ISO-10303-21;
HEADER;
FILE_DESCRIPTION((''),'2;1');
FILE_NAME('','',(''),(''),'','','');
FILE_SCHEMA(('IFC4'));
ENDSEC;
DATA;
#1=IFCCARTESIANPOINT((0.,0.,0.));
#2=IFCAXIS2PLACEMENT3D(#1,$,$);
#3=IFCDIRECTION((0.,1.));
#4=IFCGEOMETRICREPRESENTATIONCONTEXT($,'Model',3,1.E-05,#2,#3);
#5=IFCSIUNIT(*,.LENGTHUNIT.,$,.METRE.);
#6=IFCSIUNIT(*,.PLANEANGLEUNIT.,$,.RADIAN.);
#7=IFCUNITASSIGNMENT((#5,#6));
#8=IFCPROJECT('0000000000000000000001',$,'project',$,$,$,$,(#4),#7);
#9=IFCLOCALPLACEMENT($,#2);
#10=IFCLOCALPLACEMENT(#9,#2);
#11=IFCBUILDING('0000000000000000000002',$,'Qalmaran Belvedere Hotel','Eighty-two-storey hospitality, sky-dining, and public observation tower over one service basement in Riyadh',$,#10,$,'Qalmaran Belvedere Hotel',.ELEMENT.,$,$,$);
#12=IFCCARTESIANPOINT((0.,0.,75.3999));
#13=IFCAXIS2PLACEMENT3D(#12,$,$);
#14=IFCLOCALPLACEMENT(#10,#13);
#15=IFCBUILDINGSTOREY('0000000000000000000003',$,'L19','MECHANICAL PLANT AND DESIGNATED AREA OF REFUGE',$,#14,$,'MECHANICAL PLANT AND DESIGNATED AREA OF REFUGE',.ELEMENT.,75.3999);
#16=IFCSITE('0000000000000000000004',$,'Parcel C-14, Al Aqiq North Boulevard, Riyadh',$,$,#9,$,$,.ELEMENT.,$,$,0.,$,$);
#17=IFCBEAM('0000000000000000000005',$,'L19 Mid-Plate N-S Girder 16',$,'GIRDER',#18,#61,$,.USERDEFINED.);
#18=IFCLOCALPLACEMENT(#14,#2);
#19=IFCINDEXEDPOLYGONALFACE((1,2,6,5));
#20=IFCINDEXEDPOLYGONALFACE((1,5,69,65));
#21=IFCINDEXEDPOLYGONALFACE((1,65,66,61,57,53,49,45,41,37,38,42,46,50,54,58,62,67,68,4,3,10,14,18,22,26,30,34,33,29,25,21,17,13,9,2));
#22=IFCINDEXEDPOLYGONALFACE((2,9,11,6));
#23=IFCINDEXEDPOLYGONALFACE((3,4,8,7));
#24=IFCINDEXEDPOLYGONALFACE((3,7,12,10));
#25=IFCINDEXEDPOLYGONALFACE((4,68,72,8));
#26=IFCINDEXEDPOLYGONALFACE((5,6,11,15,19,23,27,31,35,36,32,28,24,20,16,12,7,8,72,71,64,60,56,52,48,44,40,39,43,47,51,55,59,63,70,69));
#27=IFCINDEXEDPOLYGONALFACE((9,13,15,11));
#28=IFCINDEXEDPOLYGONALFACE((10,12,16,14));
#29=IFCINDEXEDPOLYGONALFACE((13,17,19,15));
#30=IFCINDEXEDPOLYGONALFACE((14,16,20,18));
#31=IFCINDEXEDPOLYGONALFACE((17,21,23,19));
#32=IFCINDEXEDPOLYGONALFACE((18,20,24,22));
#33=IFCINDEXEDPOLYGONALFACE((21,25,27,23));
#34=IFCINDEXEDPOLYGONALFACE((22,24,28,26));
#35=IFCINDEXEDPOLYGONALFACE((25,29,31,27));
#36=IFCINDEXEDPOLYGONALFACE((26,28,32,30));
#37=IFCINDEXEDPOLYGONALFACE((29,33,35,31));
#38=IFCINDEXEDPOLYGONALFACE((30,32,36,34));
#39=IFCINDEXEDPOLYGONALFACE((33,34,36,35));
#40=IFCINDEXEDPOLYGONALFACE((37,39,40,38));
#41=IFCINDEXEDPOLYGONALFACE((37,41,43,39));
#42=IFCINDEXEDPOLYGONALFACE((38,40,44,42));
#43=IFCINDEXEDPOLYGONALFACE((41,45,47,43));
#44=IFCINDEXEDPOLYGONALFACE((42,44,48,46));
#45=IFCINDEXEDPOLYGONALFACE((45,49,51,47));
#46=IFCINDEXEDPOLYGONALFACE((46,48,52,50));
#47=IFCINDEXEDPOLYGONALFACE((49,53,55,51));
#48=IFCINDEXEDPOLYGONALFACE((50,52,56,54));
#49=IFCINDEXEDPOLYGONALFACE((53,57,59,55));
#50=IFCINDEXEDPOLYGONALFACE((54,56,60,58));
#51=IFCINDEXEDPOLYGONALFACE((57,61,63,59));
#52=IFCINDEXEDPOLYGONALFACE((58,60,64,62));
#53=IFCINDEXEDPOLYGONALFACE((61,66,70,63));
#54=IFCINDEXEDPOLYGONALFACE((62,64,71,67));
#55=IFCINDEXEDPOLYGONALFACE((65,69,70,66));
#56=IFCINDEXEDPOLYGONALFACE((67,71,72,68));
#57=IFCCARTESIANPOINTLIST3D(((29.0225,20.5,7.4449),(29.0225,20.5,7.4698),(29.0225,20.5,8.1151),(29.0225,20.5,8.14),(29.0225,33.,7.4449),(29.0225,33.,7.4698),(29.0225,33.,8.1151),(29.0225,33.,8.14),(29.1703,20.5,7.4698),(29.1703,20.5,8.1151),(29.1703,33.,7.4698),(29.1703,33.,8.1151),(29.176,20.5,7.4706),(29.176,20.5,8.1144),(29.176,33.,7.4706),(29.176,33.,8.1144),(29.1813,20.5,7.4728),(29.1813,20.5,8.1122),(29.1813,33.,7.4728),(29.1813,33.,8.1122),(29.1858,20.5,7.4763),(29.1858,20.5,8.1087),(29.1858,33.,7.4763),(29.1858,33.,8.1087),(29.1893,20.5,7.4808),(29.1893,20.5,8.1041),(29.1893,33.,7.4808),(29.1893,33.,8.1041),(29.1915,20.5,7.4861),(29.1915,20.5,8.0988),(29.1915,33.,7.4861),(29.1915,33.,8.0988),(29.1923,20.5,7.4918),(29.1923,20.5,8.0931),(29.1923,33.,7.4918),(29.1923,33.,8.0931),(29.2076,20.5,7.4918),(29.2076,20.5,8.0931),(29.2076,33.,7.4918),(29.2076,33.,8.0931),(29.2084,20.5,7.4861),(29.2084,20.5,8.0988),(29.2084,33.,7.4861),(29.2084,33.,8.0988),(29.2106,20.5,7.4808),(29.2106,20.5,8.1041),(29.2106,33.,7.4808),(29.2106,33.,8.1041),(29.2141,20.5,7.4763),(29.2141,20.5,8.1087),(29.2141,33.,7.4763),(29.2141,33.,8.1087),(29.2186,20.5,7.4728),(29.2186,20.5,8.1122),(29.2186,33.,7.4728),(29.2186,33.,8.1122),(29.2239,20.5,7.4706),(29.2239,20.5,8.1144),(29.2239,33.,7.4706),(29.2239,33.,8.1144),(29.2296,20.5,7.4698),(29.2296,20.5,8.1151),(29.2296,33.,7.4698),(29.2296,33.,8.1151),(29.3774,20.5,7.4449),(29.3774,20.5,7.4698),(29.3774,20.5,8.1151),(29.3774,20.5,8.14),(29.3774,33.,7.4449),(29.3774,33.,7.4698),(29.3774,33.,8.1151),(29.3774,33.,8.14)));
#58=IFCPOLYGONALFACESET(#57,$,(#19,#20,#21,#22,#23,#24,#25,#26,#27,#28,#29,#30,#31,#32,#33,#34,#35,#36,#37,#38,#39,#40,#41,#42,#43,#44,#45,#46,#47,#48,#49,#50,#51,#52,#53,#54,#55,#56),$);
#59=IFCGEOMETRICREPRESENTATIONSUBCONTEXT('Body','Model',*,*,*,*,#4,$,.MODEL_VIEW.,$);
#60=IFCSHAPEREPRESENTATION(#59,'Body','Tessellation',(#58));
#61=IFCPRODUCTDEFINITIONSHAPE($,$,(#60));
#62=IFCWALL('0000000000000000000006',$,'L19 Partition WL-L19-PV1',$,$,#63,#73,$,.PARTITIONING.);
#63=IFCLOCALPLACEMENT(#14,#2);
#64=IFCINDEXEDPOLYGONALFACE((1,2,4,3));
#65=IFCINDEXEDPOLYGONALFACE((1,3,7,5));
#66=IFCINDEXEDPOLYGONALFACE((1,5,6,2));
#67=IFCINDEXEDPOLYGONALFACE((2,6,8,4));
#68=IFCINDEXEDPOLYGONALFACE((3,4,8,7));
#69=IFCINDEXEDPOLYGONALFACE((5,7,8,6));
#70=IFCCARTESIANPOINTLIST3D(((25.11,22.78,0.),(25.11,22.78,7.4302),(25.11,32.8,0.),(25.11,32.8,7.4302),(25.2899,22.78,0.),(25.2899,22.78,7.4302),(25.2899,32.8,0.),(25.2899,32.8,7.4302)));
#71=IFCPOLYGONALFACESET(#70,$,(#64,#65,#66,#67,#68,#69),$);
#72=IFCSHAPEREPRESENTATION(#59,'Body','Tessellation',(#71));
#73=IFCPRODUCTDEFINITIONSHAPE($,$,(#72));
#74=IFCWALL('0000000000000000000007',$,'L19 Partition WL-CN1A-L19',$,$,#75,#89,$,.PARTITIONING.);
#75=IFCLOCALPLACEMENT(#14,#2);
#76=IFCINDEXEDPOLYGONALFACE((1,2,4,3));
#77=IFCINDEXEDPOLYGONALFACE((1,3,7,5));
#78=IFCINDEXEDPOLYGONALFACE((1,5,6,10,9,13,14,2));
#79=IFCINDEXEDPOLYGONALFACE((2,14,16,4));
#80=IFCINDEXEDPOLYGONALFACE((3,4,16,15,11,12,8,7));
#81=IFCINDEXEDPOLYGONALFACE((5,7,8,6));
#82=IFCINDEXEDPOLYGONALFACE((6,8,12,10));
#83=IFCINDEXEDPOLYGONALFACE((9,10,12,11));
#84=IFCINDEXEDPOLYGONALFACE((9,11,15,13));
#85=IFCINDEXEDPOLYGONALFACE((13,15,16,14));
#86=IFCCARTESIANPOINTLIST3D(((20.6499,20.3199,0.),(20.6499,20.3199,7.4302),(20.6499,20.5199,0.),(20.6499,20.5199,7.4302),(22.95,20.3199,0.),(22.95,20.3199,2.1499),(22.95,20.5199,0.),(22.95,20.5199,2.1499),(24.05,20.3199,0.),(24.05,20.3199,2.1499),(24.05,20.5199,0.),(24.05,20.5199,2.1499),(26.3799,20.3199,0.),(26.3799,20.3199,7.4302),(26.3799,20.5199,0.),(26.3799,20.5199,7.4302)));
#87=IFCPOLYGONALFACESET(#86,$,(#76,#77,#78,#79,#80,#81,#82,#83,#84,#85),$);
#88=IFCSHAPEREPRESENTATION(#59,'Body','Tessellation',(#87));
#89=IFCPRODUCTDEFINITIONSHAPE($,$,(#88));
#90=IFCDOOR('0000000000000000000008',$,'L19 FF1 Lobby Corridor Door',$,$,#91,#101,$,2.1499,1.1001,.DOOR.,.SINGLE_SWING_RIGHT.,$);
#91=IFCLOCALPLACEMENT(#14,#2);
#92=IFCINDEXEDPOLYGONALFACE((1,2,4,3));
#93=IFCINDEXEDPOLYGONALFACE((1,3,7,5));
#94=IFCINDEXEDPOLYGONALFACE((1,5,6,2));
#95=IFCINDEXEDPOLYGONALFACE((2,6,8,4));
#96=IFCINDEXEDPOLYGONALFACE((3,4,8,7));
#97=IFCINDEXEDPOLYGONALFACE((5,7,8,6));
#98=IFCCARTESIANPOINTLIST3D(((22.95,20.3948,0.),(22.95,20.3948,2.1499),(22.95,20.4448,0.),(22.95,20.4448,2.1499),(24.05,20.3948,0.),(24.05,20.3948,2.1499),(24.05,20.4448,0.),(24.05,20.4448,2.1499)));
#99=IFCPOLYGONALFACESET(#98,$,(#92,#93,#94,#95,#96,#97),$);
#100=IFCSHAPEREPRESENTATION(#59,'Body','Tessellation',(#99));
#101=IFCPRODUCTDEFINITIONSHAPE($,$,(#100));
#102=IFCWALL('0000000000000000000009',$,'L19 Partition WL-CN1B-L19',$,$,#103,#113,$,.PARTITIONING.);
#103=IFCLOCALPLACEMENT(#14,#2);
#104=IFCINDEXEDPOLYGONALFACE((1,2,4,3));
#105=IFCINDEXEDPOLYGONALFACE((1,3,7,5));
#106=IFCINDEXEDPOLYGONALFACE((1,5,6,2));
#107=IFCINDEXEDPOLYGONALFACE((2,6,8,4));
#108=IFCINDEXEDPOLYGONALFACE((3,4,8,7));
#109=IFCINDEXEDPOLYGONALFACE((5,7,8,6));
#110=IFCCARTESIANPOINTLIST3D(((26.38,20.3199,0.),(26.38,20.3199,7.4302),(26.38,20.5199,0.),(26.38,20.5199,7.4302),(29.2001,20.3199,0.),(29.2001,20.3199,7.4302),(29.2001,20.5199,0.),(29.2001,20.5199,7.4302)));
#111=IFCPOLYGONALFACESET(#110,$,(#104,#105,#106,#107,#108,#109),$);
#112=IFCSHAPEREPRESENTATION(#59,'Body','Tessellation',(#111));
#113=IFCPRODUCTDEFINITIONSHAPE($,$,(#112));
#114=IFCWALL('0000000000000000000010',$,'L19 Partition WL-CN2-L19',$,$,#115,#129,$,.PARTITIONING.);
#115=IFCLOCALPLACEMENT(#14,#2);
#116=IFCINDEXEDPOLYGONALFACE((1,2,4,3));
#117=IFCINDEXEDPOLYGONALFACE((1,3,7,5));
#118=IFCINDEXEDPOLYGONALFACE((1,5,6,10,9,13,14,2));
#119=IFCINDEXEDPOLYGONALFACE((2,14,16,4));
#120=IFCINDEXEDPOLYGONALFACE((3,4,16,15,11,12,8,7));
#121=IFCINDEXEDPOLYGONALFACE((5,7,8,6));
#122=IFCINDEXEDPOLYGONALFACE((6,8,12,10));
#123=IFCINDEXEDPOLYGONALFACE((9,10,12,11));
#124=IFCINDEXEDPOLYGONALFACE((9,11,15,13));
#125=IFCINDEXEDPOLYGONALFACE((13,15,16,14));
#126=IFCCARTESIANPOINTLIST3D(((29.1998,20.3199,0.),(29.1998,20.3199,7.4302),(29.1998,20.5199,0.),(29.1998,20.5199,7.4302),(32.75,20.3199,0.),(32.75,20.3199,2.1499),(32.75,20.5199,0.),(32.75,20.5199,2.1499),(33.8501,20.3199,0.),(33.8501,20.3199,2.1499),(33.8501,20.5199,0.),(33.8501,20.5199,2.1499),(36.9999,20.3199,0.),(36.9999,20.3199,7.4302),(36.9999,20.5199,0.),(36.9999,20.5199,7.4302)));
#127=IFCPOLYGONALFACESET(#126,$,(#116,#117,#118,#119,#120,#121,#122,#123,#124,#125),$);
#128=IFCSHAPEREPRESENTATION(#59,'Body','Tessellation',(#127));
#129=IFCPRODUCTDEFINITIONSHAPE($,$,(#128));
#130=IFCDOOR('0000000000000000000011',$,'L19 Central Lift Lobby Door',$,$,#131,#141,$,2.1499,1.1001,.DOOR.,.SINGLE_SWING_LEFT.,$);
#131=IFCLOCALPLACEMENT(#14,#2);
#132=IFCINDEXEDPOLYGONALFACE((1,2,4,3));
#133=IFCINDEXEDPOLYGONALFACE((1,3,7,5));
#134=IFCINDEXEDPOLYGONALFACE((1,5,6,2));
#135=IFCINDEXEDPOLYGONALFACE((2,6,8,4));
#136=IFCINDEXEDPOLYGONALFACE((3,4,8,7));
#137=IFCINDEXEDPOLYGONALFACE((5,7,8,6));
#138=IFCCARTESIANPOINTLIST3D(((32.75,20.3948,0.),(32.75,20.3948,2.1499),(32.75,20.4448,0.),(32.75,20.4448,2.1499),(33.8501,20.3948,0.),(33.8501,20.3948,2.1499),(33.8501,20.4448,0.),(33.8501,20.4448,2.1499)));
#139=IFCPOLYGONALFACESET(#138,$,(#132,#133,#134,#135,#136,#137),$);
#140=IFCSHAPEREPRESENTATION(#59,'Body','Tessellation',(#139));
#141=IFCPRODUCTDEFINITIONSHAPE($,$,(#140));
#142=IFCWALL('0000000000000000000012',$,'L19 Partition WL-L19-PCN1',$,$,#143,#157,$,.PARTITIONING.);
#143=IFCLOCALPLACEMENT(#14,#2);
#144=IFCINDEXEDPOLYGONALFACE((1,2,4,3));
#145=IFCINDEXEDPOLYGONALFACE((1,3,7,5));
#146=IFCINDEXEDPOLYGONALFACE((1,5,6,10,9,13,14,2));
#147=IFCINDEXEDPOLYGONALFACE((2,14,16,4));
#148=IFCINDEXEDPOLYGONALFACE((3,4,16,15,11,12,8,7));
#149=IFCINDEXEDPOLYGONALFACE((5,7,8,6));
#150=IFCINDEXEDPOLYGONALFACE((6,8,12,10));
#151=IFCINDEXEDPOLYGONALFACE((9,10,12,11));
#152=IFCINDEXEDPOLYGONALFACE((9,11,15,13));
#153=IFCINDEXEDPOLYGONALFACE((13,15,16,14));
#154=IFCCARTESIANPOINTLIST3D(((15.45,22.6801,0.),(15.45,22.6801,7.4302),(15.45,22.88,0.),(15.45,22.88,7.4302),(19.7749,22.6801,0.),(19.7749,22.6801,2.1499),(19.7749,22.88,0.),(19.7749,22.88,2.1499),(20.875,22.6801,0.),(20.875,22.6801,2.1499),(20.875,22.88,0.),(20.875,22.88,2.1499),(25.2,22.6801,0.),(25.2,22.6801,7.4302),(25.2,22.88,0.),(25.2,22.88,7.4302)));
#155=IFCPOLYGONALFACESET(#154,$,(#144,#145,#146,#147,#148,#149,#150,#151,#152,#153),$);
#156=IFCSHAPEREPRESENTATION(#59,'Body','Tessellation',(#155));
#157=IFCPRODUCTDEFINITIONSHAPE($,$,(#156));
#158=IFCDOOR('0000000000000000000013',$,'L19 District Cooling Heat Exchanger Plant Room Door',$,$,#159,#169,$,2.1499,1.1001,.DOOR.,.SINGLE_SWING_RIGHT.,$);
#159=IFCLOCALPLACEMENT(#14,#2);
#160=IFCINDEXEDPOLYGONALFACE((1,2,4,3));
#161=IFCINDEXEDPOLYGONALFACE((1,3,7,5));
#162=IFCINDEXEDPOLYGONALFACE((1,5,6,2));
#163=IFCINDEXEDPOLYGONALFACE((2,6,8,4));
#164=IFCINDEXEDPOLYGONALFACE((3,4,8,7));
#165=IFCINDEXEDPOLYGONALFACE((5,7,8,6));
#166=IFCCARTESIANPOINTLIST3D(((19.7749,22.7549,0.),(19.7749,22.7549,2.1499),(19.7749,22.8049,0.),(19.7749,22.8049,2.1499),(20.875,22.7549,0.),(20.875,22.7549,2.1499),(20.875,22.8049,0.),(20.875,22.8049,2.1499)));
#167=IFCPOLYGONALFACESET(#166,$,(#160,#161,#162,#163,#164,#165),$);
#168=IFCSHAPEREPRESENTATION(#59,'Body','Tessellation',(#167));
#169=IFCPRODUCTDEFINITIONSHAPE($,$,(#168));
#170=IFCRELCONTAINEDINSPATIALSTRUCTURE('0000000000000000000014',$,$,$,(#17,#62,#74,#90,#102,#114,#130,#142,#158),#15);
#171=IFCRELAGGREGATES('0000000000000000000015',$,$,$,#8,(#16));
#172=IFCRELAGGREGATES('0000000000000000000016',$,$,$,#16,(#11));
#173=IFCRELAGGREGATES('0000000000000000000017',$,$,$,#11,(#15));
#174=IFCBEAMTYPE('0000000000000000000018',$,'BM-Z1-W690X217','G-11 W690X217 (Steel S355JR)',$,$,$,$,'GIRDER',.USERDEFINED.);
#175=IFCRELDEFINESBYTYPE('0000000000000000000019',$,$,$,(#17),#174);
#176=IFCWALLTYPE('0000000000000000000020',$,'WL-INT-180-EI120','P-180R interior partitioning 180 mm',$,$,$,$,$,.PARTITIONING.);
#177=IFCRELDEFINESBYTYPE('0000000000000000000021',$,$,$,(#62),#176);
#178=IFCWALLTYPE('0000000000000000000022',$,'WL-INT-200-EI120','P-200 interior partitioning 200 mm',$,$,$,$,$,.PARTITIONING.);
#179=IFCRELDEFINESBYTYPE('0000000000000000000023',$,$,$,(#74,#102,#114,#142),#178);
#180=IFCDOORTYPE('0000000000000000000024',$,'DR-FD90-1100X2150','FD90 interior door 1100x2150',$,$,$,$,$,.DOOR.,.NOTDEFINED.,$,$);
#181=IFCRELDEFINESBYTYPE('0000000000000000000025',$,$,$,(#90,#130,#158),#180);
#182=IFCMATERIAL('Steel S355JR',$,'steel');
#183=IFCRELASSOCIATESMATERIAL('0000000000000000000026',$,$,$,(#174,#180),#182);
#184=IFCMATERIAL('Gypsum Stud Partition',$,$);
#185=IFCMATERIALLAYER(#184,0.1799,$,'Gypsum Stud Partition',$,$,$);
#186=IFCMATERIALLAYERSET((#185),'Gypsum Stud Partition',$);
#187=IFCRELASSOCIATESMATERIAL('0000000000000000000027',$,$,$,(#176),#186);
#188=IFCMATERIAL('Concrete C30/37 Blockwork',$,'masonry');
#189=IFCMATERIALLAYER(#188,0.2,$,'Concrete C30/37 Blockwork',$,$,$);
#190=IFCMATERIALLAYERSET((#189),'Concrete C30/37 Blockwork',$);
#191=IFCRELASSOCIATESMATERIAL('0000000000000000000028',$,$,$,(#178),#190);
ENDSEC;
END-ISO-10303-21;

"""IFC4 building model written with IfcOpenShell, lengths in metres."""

from ifc_helpers import new_model, si_unit, direction, frame, frame_2d, origin, origin_2d, place, context, subcontext, project, spatial, rectangle, i_section, extrude, material, layer, layer_set, material_profile, profile_set, type_object, element, fill, save


model = new_model("IFC4")

# Units and contexts
model_context = context("Model", 3, precision=1e-05, world=origin(), true_north=direction((0.0, 1.0)))
body_context = subcontext(model_context, "Body", "Model", "MODEL_VIEW")
ifc_project = project(units=[si_unit("LENGTHUNIT", "METRE"), si_unit("PLANEANGLEUNIT", "RADIAN")], contexts=[model_context])

# Site, building, storey
site_placement = place(None, origin())
site = spatial("IfcSite", under=ifc_project, at=site_placement, Name="Parcel C-14, Al Aqiq North Boulevard, Riyadh", CompositionType="ELEMENT", RefElevation=0.0)
building_placement = place(site_placement, origin())
building = spatial("IfcBuilding", under=site, at=building_placement, Name="Qalmaran Belvedere Hotel", Description="Eighty-two-storey hospitality, sky-dining, and public observation tower over one service basement in Riyadh", LongName="Qalmaran Belvedere Hotel", CompositionType="ELEMENT")
storey_placement = place(building_placement, frame((0.0, 0.0, 75.3999)))
storey = spatial("IfcBuildingStorey", under=building, at=storey_placement, Name="L19", Description="MECHANICAL PLANT AND DESIGNATED AREA OF REFUGE", LongName="MECHANICAL PLANT AND DESIGNATED AREA OF REFUGE", CompositionType="ELEMENT", Elevation=75.3999)

# Beam
ifc_material_1 = material(Name="Steel S355JR", Category="steel")
ifc_material_profile_1 = material_profile(ifc_material_1, i_section(OverallWidth=0.355, OverallDepth=0.6951, WebThickness=0.0154, FlangeThickness=0.0249, FilletRadius=0.022, at=origin_2d()), Name="W690X217")
ifc_profile_set_1 = profile_set([ifc_material_profile_1], Name="Steel S355JR")
beam_type_1 = type_object("IfcBeamType", Name="BM-Z1-W690X217", Description="G-11 W690X217 (Steel S355JR)", ElementType="GIRDER", PredefinedType="USERDEFINED", material=ifc_profile_set_1)
for number, where, z_axis, x_axis, name in (
    (1, (29.2, 20.5, 7.7925), (0.0, 1.0, 0.0), (-1.0, 0.0, 0.0), "L19 Mid-Plate N-S Girder 16"),
):
    element("IfcBeam", number, at=place(storey_placement, frame(where, z_axis=z_axis, x_axis=x_axis)), inside=storey, type_object=beam_type_1, Name=name, ObjectType="GIRDER", PredefinedType="USERDEFINED", context=body_context, shape_type="SweptSolid", body=[
        extrude(i_section(OverallWidth=0.355, OverallDepth=0.6951, WebThickness=0.0154, FlangeThickness=0.0249, FilletRadius=0.022, at=origin_2d()), origin(), (0.0, 0.0, 1.0), 12.5),
    ])

# Wall
ifc_material_2 = material(Name="Gypsum Stud Partition")
ifc_layer_1 = layer(ifc_material_2, 0.1799, Name="Gypsum Stud Partition")
ifc_layer_set_1 = layer_set([ifc_layer_1], Name="Gypsum Stud Partition")
wall_type_1 = type_object("IfcWallType", Name="WL-INT-180-EI120", Description="P-180R interior partitioning 180 mm", PredefinedType="PARTITIONING", material=ifc_layer_set_1)
wall_1_placement = place(storey_placement, frame((25.2, 22.78, 0.0), z_axis=(0.0, 0.0, 1.0), x_axis=(0.0, 1.0, 0.0)))
element("IfcWall", 2, at=wall_1_placement, inside=storey, type_object=wall_type_1, Name="L19 Partition WL-L19-PV1", PredefinedType="PARTITIONING", context=body_context, shape_type="SweptSolid", body=[
    extrude(rectangle(XDim=10.02, YDim=0.1799, at=frame_2d((5.01, 0.0))), origin(), (0.0, 0.0, 1.0), 7.4302),
])

# Wall, opening, door
ifc_material_3 = material(Name="Concrete C30/37 Blockwork", Category="masonry")
ifc_layer_2 = layer(ifc_material_3, 0.2, Name="Concrete C30/37 Blockwork")
ifc_layer_set_2 = layer_set([ifc_layer_2], Name="Concrete C30/37 Blockwork")
wall_type_2 = type_object("IfcWallType", Name="WL-INT-200-EI120", Description="P-200 interior partitioning 200 mm", PredefinedType="PARTITIONING", material=ifc_layer_set_2)
wall_2_placement = place(storey_placement, frame((20.6499, 20.4199, 0.0), z_axis=(0.0, 0.0, 1.0), x_axis=(1.0, 0.0, 0.0)))
wall_2 = element("IfcWall", 3, at=wall_2_placement, inside=storey, type_object=wall_type_2, Name="L19 Partition WL-CN1A-L19", PredefinedType="PARTITIONING", context=body_context, shape_type="SweptSolid", body=[
    extrude(rectangle(XDim=5.73, YDim=0.2, at=frame_2d((2.865, 0.0))), origin(), (0.0, 0.0, 1.0), 7.4302),
])
opening_1_placement = place(wall_2_placement, frame((2.3, 0.0, 0.0)))
opening_1 = element("IfcOpeningElement", 4, at=opening_1_placement, cuts=wall_2, PredefinedType="OPENING", context=body_context, shape_type="SweptSolid", body=[
    extrude(rectangle(XDim=1.1001, YDim=2.1499, at=frame_2d((0.55, 1.075))), frame((0.0, 0.1099, 0.0), z_axis=(0.0, -1.0, 0.0), x_axis=(1.0, 0.0, 0.0)), (0.0, 0.0, 1.0), 0.22),
])
door_type = type_object("IfcDoorType", Name="DR-FD90-1100X2150", Description="FD90 interior door 1100x2150", OperationType="NOTDEFINED", PredefinedType="DOOR", material=ifc_material_1)
door_1_placement = place(opening_1_placement, origin())
door_1 = element("IfcDoor", 5, at=door_1_placement, inside=storey, type_object=door_type, Name="L19 FF1 Lobby Corridor Door", OperationType="SINGLE_SWING_RIGHT", OverallHeight=2.1499, OverallWidth=1.1001, PredefinedType="DOOR", context=body_context, shape_type="SweptSolid", body=[
    extrude(rectangle(XDim=1.1001, YDim=2.1499, at=frame_2d((0.55, 1.075))), frame((0.0, 0.0249, 0.0), z_axis=(0.0, -1.0, 0.0), x_axis=(1.0, 0.0, 0.0)), (0.0, 0.0, 1.0), 0.05),
])
fill(opening_1, door_1)

# Wall
wall_3_placement = place(storey_placement, frame((26.3799, 20.4199, 0.0), z_axis=(0.0, 0.0, 1.0), x_axis=(1.0, 0.0, 0.0)))
element("IfcWall", 6, at=wall_3_placement, inside=storey, type_object=wall_type_2, Name="L19 Partition WL-CN1B-L19", PredefinedType="PARTITIONING", context=body_context, shape_type="SweptSolid", body=[
    extrude(rectangle(XDim=2.8201, YDim=0.2, at=frame_2d((1.4102, 0.0))), origin(), (0.0, 0.0, 1.0), 7.4302),
])

# Walls, openings, doors
wall_4_placement = place(storey_placement, frame((29.2, 20.4199, 0.0), z_axis=(0.0, 0.0, 1.0), x_axis=(1.0, 0.0, 0.0)))
wall_4 = element("IfcWall", 7, at=wall_4_placement, inside=storey, type_object=wall_type_2, Name="L19 Partition WL-CN2-L19", PredefinedType="PARTITIONING", context=body_context, shape_type="SweptSolid", body=[
    extrude(rectangle(XDim=7.8, YDim=0.2, at=frame_2d((3.8999, 0.0))), origin(), (0.0, 0.0, 1.0), 7.4302),
])
opening_2_placement = place(wall_4_placement, frame((3.55, 0.0, 0.0)))
opening_2 = element("IfcOpeningElement", 8, at=opening_2_placement, cuts=wall_4, PredefinedType="OPENING", context=body_context, shape_type="SweptSolid", body=[
    extrude(rectangle(XDim=1.1001, YDim=2.1499, at=frame_2d((0.55, 1.075))), frame((0.0, 0.1099, 0.0), z_axis=(0.0, -1.0, 0.0), x_axis=(1.0, 0.0, 0.0)), (0.0, 0.0, 1.0), 0.22),
])
door_2_placement = place(opening_2_placement, origin())
door_2 = element("IfcDoor", 9, at=door_2_placement, inside=storey, type_object=door_type, Name="L19 Central Lift Lobby Door", OperationType="SINGLE_SWING_LEFT", OverallHeight=2.1499, OverallWidth=1.1001, PredefinedType="DOOR", context=body_context, shape_type="SweptSolid", body=[
    extrude(rectangle(XDim=1.1001, YDim=2.1499, at=frame_2d((0.55, 1.075))), frame((0.0, 0.0249, 0.0), z_axis=(0.0, -1.0, 0.0), x_axis=(1.0, 0.0, 0.0)), (0.0, 0.0, 1.0), 0.05),
])
fill(opening_2, door_2)
wall_5_placement = place(storey_placement, frame((15.45, 22.78, 0.0), z_axis=(0.0, 0.0, 1.0), x_axis=(1.0, 0.0, 0.0)))
wall_5 = element("IfcWall", 10, at=wall_5_placement, inside=storey, type_object=wall_type_2, Name="L19 Partition WL-L19-PCN1", PredefinedType="PARTITIONING", context=body_context, shape_type="SweptSolid", body=[
    extrude(rectangle(XDim=9.75, YDim=0.2, at=frame_2d((4.875, 0.0))), origin(), (0.0, 0.0, 1.0), 7.4302),
])
opening_3_placement = place(wall_5_placement, frame((4.325, 0.0, 0.0)))
opening_3 = element("IfcOpeningElement", 11, at=opening_3_placement, cuts=wall_5, PredefinedType="OPENING", context=body_context, shape_type="SweptSolid", body=[
    extrude(rectangle(XDim=1.1001, YDim=2.1499, at=frame_2d((0.55, 1.075))), frame((0.0, 0.1099, 0.0), z_axis=(0.0, -1.0, 0.0), x_axis=(1.0, 0.0, 0.0)), (0.0, 0.0, 1.0), 0.22),
])
door_3_placement = place(opening_3_placement, origin())
door_3 = element("IfcDoor", 12, at=door_3_placement, inside=storey, type_object=door_type, Name="L19 District Cooling Heat Exchanger Plant Room Door", OperationType="SINGLE_SWING_RIGHT", OverallHeight=2.1499, OverallWidth=1.1001, PredefinedType="DOOR", context=body_context, shape_type="SweptSolid", body=[
    extrude(rectangle(XDim=1.1001, YDim=2.1499, at=frame_2d((0.55, 1.075))), frame((0.0, 0.0249, 0.0), z_axis=(0.0, -1.0, 0.0), x_axis=(1.0, 0.0, 0.0)), (0.0, 0.0, 1.0), 0.05),
])
fill(opening_3, door_3)

save(model, "model.ifc")
